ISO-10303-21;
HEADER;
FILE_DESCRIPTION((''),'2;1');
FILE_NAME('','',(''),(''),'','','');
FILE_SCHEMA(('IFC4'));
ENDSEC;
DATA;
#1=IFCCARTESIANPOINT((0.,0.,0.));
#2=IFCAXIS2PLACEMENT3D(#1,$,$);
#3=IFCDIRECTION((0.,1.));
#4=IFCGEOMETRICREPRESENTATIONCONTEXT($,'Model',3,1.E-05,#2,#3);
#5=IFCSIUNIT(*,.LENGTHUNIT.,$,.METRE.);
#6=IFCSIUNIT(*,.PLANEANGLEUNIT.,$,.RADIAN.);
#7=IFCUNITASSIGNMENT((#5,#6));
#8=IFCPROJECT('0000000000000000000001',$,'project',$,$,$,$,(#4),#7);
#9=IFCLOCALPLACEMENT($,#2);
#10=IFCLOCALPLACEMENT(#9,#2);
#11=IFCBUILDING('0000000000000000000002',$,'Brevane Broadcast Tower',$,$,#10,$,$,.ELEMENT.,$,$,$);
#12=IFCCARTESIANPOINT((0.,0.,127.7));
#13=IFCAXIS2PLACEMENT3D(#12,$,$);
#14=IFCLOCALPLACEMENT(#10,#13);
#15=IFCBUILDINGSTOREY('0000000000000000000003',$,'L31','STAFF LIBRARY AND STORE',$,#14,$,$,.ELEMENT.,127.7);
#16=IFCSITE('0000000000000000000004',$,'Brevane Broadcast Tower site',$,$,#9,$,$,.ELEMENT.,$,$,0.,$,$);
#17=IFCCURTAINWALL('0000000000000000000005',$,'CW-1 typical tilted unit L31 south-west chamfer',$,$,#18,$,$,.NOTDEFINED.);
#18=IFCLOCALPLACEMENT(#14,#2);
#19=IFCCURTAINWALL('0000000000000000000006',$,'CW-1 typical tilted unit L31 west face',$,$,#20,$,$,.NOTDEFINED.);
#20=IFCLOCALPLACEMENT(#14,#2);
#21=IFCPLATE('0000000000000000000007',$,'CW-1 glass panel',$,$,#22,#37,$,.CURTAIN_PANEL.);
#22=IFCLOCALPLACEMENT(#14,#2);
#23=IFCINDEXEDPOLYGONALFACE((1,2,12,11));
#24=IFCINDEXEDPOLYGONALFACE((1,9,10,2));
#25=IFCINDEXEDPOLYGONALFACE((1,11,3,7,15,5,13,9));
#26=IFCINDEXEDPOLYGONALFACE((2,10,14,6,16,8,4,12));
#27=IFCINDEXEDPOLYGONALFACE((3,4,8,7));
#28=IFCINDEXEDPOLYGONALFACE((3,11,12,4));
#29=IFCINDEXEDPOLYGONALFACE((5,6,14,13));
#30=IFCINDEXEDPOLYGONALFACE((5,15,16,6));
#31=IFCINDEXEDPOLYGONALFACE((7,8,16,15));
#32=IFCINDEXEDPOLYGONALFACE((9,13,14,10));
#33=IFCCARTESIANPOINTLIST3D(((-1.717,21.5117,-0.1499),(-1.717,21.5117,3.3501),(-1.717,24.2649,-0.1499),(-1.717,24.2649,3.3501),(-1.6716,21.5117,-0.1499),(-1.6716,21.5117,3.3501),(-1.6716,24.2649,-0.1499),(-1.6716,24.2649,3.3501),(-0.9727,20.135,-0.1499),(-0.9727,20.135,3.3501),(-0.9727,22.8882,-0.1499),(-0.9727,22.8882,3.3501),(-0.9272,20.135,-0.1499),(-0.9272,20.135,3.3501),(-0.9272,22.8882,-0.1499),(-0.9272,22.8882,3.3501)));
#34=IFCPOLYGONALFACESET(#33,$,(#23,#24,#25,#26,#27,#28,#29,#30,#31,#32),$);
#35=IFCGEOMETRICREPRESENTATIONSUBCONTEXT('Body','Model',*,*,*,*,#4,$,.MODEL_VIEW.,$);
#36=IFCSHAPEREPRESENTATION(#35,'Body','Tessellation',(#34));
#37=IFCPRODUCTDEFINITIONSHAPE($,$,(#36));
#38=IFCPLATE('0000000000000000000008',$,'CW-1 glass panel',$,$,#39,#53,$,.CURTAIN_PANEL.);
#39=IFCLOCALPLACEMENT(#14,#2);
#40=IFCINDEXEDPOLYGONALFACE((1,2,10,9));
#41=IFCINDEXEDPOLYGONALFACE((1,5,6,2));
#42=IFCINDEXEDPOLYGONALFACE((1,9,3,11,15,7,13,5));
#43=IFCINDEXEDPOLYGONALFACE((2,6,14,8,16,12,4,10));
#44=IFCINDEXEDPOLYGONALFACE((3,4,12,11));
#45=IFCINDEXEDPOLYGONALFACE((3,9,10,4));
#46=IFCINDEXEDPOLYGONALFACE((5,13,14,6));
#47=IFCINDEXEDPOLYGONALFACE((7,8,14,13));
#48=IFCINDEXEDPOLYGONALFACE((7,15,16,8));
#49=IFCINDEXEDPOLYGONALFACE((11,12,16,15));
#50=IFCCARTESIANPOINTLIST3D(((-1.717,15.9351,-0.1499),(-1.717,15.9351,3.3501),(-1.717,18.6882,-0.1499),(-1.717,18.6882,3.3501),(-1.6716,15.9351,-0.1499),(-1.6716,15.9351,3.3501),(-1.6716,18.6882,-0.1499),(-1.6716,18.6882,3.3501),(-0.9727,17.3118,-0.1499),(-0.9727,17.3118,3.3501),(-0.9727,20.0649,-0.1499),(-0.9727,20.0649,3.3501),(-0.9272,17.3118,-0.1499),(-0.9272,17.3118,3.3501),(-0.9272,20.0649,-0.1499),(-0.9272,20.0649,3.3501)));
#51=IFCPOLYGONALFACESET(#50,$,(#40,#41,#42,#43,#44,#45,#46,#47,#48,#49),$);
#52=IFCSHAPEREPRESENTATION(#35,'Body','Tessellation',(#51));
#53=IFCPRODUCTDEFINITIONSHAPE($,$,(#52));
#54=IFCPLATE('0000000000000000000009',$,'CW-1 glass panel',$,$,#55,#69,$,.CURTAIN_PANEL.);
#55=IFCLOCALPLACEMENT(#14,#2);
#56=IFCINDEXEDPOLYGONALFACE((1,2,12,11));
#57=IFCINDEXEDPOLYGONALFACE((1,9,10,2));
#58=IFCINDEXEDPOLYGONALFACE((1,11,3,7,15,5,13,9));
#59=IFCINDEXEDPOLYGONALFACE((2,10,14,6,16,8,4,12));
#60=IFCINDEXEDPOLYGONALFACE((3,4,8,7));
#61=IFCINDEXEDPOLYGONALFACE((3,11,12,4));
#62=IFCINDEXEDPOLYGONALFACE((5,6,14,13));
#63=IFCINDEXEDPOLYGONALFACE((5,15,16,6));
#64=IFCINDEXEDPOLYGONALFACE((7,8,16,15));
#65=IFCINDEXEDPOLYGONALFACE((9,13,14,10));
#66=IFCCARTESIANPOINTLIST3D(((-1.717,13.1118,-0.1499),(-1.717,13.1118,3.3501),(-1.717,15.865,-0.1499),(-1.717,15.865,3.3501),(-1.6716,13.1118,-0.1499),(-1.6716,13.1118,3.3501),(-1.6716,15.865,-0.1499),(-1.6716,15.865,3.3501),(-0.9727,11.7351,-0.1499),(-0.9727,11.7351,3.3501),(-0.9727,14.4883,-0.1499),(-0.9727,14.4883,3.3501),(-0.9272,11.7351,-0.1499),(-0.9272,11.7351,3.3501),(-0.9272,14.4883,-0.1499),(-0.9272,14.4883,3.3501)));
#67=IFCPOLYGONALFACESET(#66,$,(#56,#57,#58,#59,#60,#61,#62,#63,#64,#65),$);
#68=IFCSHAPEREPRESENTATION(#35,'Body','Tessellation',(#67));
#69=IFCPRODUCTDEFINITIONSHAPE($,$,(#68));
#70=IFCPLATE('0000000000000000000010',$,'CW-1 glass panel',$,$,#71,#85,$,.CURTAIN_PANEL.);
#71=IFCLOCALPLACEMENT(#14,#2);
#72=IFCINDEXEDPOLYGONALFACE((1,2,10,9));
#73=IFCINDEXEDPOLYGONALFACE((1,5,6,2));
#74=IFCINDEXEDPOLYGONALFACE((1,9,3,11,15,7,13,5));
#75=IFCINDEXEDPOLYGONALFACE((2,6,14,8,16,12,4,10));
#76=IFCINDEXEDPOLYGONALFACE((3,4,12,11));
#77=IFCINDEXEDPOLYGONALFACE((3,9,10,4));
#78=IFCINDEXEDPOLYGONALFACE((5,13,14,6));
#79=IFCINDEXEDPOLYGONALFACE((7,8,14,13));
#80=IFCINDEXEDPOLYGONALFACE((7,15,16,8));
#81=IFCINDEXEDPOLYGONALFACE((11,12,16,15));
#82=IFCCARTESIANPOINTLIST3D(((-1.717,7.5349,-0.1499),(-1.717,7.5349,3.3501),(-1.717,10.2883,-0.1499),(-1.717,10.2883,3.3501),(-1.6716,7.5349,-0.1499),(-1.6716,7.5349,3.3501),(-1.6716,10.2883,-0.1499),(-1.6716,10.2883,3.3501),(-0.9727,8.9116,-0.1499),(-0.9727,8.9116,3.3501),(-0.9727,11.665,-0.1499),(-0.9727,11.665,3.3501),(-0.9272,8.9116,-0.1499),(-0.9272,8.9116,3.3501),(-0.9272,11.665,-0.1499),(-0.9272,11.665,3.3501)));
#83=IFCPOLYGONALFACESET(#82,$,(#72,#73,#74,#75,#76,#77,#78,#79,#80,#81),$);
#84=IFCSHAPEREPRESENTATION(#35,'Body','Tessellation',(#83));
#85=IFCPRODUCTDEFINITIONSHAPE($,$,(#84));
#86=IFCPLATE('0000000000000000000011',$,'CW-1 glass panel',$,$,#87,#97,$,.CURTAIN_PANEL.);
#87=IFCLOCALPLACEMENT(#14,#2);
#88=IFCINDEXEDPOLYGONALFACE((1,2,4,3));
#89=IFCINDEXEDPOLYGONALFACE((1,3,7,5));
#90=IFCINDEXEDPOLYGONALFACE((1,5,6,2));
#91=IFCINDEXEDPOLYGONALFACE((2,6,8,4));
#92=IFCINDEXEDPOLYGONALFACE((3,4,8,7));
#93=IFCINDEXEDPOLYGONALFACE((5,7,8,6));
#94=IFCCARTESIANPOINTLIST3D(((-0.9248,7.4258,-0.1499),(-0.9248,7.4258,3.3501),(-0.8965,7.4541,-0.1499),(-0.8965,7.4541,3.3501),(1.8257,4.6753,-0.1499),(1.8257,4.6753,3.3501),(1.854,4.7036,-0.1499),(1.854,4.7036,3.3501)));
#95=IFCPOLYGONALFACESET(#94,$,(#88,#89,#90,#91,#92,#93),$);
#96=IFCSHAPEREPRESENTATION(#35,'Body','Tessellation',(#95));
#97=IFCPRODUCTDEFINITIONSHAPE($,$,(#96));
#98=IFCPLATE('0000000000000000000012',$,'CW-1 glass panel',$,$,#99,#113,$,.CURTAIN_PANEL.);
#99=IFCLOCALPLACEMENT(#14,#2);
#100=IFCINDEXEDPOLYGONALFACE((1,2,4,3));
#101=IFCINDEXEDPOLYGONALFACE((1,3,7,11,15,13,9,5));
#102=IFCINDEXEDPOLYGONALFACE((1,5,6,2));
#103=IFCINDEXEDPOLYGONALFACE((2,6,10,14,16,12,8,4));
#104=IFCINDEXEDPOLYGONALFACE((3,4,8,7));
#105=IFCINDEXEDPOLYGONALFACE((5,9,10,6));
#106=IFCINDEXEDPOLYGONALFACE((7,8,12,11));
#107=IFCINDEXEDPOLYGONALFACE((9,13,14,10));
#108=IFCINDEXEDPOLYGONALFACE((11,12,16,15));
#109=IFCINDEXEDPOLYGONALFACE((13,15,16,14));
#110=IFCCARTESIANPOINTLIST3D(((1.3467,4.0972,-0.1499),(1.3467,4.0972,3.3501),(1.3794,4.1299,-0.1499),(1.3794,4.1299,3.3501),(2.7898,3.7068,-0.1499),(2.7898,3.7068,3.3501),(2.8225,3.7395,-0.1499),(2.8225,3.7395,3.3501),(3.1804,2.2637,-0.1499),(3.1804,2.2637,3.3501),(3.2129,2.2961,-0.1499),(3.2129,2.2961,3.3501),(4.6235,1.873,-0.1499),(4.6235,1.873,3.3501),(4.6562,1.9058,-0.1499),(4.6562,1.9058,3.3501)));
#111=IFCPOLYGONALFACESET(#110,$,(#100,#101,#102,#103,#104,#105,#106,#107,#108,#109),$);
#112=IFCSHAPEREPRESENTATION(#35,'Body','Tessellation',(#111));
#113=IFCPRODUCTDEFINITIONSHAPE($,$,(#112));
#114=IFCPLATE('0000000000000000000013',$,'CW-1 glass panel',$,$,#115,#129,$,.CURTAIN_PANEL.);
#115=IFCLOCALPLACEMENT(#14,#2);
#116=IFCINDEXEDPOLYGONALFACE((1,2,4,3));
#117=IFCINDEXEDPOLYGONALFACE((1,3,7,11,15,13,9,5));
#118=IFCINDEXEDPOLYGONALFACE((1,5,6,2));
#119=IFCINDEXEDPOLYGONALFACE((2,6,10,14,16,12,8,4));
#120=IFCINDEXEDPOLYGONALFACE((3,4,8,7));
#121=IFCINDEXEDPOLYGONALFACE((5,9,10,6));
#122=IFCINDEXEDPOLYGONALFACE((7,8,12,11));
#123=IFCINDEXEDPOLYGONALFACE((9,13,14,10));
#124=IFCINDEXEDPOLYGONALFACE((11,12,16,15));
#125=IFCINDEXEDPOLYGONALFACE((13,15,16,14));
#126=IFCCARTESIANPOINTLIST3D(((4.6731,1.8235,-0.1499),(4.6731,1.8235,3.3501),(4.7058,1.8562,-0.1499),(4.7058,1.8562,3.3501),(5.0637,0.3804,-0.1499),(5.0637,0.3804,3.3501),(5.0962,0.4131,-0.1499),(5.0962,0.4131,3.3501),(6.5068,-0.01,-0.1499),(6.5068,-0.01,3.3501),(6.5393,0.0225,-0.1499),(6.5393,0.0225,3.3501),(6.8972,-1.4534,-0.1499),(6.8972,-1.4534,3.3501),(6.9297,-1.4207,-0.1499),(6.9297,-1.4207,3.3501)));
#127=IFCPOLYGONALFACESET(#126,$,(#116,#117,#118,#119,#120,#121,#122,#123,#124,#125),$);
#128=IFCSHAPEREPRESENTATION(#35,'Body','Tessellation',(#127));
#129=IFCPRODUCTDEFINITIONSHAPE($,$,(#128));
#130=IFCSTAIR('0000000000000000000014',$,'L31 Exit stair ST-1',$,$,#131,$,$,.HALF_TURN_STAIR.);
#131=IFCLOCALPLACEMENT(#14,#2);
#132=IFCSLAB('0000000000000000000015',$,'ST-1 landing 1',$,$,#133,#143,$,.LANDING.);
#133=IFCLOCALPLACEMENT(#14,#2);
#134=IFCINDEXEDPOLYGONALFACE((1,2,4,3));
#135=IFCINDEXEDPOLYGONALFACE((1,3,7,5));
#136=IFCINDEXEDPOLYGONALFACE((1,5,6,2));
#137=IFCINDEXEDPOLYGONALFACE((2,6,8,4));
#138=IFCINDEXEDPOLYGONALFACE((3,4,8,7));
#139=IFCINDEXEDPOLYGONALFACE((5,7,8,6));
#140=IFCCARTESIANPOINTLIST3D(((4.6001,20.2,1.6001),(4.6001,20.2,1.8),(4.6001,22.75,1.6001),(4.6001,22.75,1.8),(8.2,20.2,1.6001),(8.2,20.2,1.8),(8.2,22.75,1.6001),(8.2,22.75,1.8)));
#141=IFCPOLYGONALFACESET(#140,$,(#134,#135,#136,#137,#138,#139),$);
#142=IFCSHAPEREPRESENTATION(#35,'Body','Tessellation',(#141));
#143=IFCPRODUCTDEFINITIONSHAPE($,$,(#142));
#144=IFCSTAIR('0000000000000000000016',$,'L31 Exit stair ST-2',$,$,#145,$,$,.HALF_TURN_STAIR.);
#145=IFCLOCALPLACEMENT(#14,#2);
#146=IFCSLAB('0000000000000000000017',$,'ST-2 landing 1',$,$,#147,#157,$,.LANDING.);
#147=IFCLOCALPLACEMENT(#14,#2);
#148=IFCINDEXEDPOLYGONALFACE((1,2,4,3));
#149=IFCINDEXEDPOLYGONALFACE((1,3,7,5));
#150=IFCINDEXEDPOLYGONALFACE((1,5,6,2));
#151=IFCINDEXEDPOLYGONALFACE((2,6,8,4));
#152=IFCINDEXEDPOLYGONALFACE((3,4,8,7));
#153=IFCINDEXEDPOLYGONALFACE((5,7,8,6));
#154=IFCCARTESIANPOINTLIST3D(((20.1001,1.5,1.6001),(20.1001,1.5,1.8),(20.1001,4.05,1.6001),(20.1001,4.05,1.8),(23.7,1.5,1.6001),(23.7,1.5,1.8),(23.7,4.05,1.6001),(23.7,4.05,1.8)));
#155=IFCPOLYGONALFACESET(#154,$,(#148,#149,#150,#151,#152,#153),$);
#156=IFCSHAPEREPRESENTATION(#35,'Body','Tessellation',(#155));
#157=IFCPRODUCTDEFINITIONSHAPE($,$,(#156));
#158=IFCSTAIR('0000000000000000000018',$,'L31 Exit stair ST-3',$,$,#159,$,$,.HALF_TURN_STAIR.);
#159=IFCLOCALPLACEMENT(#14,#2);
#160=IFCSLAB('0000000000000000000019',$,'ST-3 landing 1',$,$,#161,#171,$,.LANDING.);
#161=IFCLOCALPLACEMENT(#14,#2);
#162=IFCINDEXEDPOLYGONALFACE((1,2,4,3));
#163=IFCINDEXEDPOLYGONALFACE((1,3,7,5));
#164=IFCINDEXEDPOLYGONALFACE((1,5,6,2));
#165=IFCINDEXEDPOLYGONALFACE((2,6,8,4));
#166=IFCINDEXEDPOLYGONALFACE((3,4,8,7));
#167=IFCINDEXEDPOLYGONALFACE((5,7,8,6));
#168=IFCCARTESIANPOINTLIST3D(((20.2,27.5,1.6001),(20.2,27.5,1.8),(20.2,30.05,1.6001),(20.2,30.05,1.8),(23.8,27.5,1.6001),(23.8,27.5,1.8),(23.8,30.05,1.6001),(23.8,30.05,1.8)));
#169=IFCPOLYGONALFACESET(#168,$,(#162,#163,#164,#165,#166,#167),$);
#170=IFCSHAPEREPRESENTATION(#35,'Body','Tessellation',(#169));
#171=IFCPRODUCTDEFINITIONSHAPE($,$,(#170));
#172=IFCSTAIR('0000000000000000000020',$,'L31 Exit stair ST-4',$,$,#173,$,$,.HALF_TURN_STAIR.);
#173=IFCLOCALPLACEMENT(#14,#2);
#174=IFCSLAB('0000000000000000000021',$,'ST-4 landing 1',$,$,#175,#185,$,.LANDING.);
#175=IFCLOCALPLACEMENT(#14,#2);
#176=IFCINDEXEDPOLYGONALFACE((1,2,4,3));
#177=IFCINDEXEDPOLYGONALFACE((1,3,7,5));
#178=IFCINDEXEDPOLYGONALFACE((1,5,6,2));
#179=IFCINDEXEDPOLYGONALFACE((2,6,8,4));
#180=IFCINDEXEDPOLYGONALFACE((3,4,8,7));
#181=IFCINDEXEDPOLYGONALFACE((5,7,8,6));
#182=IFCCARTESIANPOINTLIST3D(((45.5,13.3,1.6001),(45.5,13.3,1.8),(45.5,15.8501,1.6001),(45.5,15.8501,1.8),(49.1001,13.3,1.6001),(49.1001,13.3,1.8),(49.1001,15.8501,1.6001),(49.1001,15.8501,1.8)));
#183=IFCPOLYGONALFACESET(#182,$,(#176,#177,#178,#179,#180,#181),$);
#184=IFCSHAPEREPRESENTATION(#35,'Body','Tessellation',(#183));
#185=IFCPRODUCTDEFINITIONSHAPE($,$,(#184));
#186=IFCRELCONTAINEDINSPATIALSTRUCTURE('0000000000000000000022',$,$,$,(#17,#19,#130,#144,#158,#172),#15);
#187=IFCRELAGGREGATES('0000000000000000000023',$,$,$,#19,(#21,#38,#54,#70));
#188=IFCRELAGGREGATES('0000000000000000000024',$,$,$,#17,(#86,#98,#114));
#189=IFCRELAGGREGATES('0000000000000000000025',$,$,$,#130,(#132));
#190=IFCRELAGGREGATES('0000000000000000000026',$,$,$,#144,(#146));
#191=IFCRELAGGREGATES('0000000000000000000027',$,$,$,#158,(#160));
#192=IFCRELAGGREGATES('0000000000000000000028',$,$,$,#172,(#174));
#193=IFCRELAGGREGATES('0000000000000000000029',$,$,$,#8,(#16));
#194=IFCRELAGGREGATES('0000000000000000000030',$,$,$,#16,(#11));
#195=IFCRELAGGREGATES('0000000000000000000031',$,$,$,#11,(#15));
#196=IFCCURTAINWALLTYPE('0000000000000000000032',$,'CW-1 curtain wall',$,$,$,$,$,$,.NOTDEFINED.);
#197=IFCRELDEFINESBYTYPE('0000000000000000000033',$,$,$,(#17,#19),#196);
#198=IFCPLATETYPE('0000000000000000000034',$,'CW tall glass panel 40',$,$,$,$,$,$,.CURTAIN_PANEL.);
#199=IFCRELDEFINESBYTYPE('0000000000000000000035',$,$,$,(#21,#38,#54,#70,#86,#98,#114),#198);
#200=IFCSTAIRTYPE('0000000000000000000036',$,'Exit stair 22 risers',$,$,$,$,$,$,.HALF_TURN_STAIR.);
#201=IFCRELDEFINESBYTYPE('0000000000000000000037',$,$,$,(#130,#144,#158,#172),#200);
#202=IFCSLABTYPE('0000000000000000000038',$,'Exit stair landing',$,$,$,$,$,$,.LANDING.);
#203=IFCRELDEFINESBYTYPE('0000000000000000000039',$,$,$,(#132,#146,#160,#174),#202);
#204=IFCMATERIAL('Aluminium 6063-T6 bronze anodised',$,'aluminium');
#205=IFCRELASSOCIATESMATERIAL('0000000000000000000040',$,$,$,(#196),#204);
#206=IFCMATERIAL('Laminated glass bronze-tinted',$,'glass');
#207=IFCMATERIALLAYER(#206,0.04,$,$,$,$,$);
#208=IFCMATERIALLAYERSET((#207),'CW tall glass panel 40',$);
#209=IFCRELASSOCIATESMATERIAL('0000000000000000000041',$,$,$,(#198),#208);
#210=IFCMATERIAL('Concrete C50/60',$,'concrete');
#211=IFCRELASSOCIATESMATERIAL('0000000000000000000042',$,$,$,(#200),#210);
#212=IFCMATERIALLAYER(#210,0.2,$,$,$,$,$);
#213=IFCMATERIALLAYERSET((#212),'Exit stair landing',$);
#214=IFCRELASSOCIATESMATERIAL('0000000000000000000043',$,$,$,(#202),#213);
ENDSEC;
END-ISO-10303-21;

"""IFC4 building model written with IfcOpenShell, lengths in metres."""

from ifc_helpers import new_model, si_unit, direction, frame, origin, place, context, subcontext, project, spatial, polyline, outline, extrude, material, layer, layer_set, type_object, element, aggregate, save


model = new_model("IFC4")

# Units and contexts
model_context = context("Model", 3, precision=1e-05, world=origin(), true_north=direction((0.0, 1.0)))
body_context = subcontext(model_context, "Body", "Model", "MODEL_VIEW")
ifc_project = project(units=[si_unit("LENGTHUNIT", "METRE"), si_unit("PLANEANGLEUNIT", "RADIAN")], contexts=[model_context])

# Site, building, storey
site_placement = place(None, origin())
site = spatial("IfcSite", under=ifc_project, at=site_placement, Name="Brevane Broadcast Tower site", CompositionType="ELEMENT", RefElevation=0.0)
building_placement = place(site_placement, origin())
building = spatial("IfcBuilding", under=site, at=building_placement, Name="Brevane Broadcast Tower", CompositionType="ELEMENT")
storey_placement = place(building_placement, frame((0.0, 0.0, 127.7)))
storey = spatial("IfcBuildingStorey", under=building, at=storey_placement, Name="L31", Description="STAFF LIBRARY AND STORE", CompositionType="ELEMENT", Elevation=127.7)

# Curtain wall
ifc_material_1 = material(Name="Aluminium 6063-T6 bronze anodised", Category="aluminium")
curtain_wall_type = type_object("IfcCurtainWallType", Name="CW-1 curtain wall", PredefinedType="NOTDEFINED", material=ifc_material_1)
curtain_wall_1_placement = place(storey_placement, origin())
curtain_wall_1 = element("IfcCurtainWall", 1, at=curtain_wall_1_placement, inside=storey, type_object=curtain_wall_type, Name="CW-1 typical tilted unit L31 south-west chamfer", PredefinedType="NOTDEFINED")

# Curtain wall, plates
curtain_wall_2_placement = place(storey_placement, origin())
curtain_wall_2 = element("IfcCurtainWall", 2, at=curtain_wall_2_placement, inside=storey, type_object=curtain_wall_type, Name="CW-1 typical tilted unit L31 west face", PredefinedType="NOTDEFINED")
ifc_material_2 = material(Name="Laminated glass bronze-tinted", Category="glass")
ifc_layer_1 = layer(ifc_material_2, 0.04)
ifc_layer_set_1 = layer_set([ifc_layer_1], Name="CW tall glass panel 40")
plate_type = type_object("IfcPlateType", Name="CW tall glass panel 40", PredefinedType="CURTAIN_PANEL", material=ifc_layer_set_1)
plate_1_placement = place(storey_placement, frame((0.0, 0.0, -0.1499)))
plate_1 = element("IfcPlate", 3, at=plate_1_placement, type_object=plate_type, Name="CW-1 glass panel", PredefinedType="CURTAIN_PANEL", context=body_context, shape_type="SweptSolid", body=[
    extrude(outline(polyline([(-1.6716, 24.2649), (-1.717, 24.2649), (-0.9727, 22.8882), (-1.717, 21.5117), (-0.9727, 20.135), (-0.9272, 20.135), (-1.6716, 21.5117), (-0.9272, 22.8882), (-1.6716, 24.2649)])), origin(), (0.0, 0.0, 1.0), 3.5),
])
plate_2_placement = place(storey_placement, frame((0.0, 0.0, -0.1499)))
plate_2 = element("IfcPlate", 4, at=plate_2_placement, type_object=plate_type, Name="CW-1 glass panel", PredefinedType="CURTAIN_PANEL", context=body_context, shape_type="SweptSolid", body=[
    extrude(outline(polyline([(-0.9272, 20.0649), (-0.9727, 20.0649), (-1.717, 18.6882), (-0.9727, 17.3118), (-1.717, 15.9351), (-1.6716, 15.9351), (-0.9272, 17.3118), (-1.6716, 18.6882), (-0.9272, 20.0649)])), origin(), (0.0, 0.0, 1.0), 3.5),
])
plate_3_placement = place(storey_placement, frame((0.0, 0.0, -0.1499)))
plate_3 = element("IfcPlate", 5, at=plate_3_placement, type_object=plate_type, Name="CW-1 glass panel", PredefinedType="CURTAIN_PANEL", context=body_context, shape_type="SweptSolid", body=[
    extrude(outline(polyline([(-1.6716, 15.865), (-1.717, 15.865), (-0.9727, 14.4883), (-1.717, 13.1118), (-0.9727, 11.7351), (-0.9272, 11.7351), (-1.6716, 13.1118), (-0.9272, 14.4883), (-1.6716, 15.865)])), origin(), (0.0, 0.0, 1.0), 3.5),
])
plate_4_placement = place(storey_placement, frame((0.0, 0.0, -0.1499)))
plate_4 = element("IfcPlate", 6, at=plate_4_placement, type_object=plate_type, Name="CW-1 glass panel", PredefinedType="CURTAIN_PANEL", context=body_context, shape_type="SweptSolid", body=[
    extrude(outline(polyline([(-0.9272, 11.665), (-0.9727, 11.665), (-1.717, 10.2883), (-0.9727, 8.9116), (-1.717, 7.5349), (-1.6716, 7.5349), (-0.9272, 8.9116), (-1.6716, 10.2883), (-0.9272, 11.665)])), origin(), (0.0, 0.0, 1.0), 3.5),
])
aggregate(curtain_wall_2, [plate_1, plate_2, plate_3, plate_4])

# Plates
plate_5_placement = place(storey_placement, frame((0.0, 0.0, -0.1499)))
plate_5 = element("IfcPlate", 7, at=plate_5_placement, type_object=plate_type, Name="CW-1 glass panel", PredefinedType="CURTAIN_PANEL", context=body_context, shape_type="SweptSolid", body=[
    extrude(outline(polyline([(-0.8965, 7.4541), (1.854, 4.7036), (1.8257, 4.6753), (-0.9248, 7.4258), (-0.8965, 7.4541)])), origin(), (0.0, 0.0, 1.0), 3.5),
])
plate_6_placement = place(storey_placement, frame((0.0, 0.0, -0.1499)))
plate_6 = element("IfcPlate", 8, at=plate_6_placement, type_object=plate_type, Name="CW-1 glass panel", PredefinedType="CURTAIN_PANEL", context=body_context, shape_type="SweptSolid", body=[
    extrude(outline(polyline([(1.3794, 4.1299), (1.3467, 4.0972), (2.7898, 3.7068), (3.1804, 2.2637), (4.6235, 1.873), (4.6562, 1.9058), (3.2129, 2.2961), (2.8225, 3.7395), (1.3794, 4.1299)])), origin(), (0.0, 0.0, 1.0), 3.5),
])
plate_7_placement = place(storey_placement, frame((0.0, 0.0, -0.1499)))
plate_7 = element("IfcPlate", 9, at=plate_7_placement, type_object=plate_type, Name="CW-1 glass panel", PredefinedType="CURTAIN_PANEL", context=body_context, shape_type="SweptSolid", body=[
    extrude(outline(polyline([(4.7058, 1.8562), (4.6731, 1.8235), (5.0637, 0.3804), (6.5068, -0.01), (6.8972, -1.4534), (6.9297, -1.4207), (6.5393, 0.0225), (5.0962, 0.4131), (4.7058, 1.8562)])), origin(), (0.0, 0.0, 1.0), 3.5),
])
aggregate(curtain_wall_1, [plate_5, plate_6, plate_7])

# Stairs, slabs
ifc_material_3 = material(Name="Concrete C50/60", Category="concrete")
stair_type = type_object("IfcStairType", Name="Exit stair 22 risers", PredefinedType="HALF_TURN_STAIR", material=ifc_material_3)
stair_1_placement = place(storey_placement, origin())
stair_1 = element("IfcStair", 10, at=stair_1_placement, inside=storey, type_object=stair_type, Name="L31 Exit stair ST-1", PredefinedType="HALF_TURN_STAIR")
ifc_layer_2 = layer(ifc_material_3, 0.2)
ifc_layer_set_2 = layer_set([ifc_layer_2], Name="Exit stair landing")
slab_type_1 = type_object("IfcSlabType", Name="Exit stair landing", PredefinedType="LANDING", material=ifc_layer_set_2)
slab_1_placement = place(storey_placement, frame((0.0, 0.0, 1.6001)))
slab_1 = element("IfcSlab", 11, at=slab_1_placement, type_object=slab_type_1, Name="ST-1 landing 1", PredefinedType="LANDING", context=body_context, shape_type="SweptSolid", body=[
    extrude(outline(polyline([(4.6001, 20.2), (8.2, 20.2), (8.2, 22.75), (4.6001, 22.75), (4.6001, 20.2)])), origin(), (0.0, 0.0, 1.0), 0.2),
])
aggregate(stair_1, [slab_1])
stair_2_placement = place(storey_placement, origin())
stair_2 = element("IfcStair", 12, at=stair_2_placement, inside=storey, type_object=stair_type, Name="L31 Exit stair ST-2", PredefinedType="HALF_TURN_STAIR")
slab_2_placement = place(storey_placement, frame((0.0, 0.0, 1.6001)))
slab_2 = element("IfcSlab", 13, at=slab_2_placement, type_object=slab_type_1, Name="ST-2 landing 1", PredefinedType="LANDING", context=body_context, shape_type="SweptSolid", body=[
    extrude(outline(polyline([(20.1001, 1.5), (23.7, 1.5), (23.7, 4.05), (20.1001, 4.05), (20.1001, 1.5)])), origin(), (0.0, 0.0, 1.0), 0.2),
])
aggregate(stair_2, [slab_2])
stair_3_placement = place(storey_placement, origin())
stair_3 = element("IfcStair", 14, at=stair_3_placement, inside=storey, type_object=stair_type, Name="L31 Exit stair ST-3", PredefinedType="HALF_TURN_STAIR")
slab_3_placement = place(storey_placement, frame((0.0, 0.0, 1.6001)))
slab_3 = element("IfcSlab", 15, at=slab_3_placement, type_object=slab_type_1, Name="ST-3 landing 1", PredefinedType="LANDING", context=body_context, shape_type="SweptSolid", body=[
    extrude(outline(polyline([(20.2, 27.5), (23.8, 27.5), (23.8, 30.05), (20.2, 30.05), (20.2, 27.5)])), origin(), (0.0, 0.0, 1.0), 0.2),
])
aggregate(stair_3, [slab_3])
stair_4_placement = place(storey_placement, origin())
stair_4 = element("IfcStair", 16, at=stair_4_placement, inside=storey, type_object=stair_type, Name="L31 Exit stair ST-4", PredefinedType="HALF_TURN_STAIR")
slab_4_placement = place(storey_placement, frame((0.0, 0.0, 1.6001)))
slab_4 = element("IfcSlab", 17, at=slab_4_placement, type_object=slab_type_1, Name="ST-4 landing 1", PredefinedType="LANDING", context=body_context, shape_type="SweptSolid", body=[
    extrude(outline(polyline([(45.5, 13.3), (49.1001, 13.3), (49.1001, 15.8501), (45.5, 15.8501), (45.5, 13.3)])), origin(), (0.0, 0.0, 1.0), 0.2),
])
aggregate(stair_4, [slab_4])

save(model, "model.ifc")
